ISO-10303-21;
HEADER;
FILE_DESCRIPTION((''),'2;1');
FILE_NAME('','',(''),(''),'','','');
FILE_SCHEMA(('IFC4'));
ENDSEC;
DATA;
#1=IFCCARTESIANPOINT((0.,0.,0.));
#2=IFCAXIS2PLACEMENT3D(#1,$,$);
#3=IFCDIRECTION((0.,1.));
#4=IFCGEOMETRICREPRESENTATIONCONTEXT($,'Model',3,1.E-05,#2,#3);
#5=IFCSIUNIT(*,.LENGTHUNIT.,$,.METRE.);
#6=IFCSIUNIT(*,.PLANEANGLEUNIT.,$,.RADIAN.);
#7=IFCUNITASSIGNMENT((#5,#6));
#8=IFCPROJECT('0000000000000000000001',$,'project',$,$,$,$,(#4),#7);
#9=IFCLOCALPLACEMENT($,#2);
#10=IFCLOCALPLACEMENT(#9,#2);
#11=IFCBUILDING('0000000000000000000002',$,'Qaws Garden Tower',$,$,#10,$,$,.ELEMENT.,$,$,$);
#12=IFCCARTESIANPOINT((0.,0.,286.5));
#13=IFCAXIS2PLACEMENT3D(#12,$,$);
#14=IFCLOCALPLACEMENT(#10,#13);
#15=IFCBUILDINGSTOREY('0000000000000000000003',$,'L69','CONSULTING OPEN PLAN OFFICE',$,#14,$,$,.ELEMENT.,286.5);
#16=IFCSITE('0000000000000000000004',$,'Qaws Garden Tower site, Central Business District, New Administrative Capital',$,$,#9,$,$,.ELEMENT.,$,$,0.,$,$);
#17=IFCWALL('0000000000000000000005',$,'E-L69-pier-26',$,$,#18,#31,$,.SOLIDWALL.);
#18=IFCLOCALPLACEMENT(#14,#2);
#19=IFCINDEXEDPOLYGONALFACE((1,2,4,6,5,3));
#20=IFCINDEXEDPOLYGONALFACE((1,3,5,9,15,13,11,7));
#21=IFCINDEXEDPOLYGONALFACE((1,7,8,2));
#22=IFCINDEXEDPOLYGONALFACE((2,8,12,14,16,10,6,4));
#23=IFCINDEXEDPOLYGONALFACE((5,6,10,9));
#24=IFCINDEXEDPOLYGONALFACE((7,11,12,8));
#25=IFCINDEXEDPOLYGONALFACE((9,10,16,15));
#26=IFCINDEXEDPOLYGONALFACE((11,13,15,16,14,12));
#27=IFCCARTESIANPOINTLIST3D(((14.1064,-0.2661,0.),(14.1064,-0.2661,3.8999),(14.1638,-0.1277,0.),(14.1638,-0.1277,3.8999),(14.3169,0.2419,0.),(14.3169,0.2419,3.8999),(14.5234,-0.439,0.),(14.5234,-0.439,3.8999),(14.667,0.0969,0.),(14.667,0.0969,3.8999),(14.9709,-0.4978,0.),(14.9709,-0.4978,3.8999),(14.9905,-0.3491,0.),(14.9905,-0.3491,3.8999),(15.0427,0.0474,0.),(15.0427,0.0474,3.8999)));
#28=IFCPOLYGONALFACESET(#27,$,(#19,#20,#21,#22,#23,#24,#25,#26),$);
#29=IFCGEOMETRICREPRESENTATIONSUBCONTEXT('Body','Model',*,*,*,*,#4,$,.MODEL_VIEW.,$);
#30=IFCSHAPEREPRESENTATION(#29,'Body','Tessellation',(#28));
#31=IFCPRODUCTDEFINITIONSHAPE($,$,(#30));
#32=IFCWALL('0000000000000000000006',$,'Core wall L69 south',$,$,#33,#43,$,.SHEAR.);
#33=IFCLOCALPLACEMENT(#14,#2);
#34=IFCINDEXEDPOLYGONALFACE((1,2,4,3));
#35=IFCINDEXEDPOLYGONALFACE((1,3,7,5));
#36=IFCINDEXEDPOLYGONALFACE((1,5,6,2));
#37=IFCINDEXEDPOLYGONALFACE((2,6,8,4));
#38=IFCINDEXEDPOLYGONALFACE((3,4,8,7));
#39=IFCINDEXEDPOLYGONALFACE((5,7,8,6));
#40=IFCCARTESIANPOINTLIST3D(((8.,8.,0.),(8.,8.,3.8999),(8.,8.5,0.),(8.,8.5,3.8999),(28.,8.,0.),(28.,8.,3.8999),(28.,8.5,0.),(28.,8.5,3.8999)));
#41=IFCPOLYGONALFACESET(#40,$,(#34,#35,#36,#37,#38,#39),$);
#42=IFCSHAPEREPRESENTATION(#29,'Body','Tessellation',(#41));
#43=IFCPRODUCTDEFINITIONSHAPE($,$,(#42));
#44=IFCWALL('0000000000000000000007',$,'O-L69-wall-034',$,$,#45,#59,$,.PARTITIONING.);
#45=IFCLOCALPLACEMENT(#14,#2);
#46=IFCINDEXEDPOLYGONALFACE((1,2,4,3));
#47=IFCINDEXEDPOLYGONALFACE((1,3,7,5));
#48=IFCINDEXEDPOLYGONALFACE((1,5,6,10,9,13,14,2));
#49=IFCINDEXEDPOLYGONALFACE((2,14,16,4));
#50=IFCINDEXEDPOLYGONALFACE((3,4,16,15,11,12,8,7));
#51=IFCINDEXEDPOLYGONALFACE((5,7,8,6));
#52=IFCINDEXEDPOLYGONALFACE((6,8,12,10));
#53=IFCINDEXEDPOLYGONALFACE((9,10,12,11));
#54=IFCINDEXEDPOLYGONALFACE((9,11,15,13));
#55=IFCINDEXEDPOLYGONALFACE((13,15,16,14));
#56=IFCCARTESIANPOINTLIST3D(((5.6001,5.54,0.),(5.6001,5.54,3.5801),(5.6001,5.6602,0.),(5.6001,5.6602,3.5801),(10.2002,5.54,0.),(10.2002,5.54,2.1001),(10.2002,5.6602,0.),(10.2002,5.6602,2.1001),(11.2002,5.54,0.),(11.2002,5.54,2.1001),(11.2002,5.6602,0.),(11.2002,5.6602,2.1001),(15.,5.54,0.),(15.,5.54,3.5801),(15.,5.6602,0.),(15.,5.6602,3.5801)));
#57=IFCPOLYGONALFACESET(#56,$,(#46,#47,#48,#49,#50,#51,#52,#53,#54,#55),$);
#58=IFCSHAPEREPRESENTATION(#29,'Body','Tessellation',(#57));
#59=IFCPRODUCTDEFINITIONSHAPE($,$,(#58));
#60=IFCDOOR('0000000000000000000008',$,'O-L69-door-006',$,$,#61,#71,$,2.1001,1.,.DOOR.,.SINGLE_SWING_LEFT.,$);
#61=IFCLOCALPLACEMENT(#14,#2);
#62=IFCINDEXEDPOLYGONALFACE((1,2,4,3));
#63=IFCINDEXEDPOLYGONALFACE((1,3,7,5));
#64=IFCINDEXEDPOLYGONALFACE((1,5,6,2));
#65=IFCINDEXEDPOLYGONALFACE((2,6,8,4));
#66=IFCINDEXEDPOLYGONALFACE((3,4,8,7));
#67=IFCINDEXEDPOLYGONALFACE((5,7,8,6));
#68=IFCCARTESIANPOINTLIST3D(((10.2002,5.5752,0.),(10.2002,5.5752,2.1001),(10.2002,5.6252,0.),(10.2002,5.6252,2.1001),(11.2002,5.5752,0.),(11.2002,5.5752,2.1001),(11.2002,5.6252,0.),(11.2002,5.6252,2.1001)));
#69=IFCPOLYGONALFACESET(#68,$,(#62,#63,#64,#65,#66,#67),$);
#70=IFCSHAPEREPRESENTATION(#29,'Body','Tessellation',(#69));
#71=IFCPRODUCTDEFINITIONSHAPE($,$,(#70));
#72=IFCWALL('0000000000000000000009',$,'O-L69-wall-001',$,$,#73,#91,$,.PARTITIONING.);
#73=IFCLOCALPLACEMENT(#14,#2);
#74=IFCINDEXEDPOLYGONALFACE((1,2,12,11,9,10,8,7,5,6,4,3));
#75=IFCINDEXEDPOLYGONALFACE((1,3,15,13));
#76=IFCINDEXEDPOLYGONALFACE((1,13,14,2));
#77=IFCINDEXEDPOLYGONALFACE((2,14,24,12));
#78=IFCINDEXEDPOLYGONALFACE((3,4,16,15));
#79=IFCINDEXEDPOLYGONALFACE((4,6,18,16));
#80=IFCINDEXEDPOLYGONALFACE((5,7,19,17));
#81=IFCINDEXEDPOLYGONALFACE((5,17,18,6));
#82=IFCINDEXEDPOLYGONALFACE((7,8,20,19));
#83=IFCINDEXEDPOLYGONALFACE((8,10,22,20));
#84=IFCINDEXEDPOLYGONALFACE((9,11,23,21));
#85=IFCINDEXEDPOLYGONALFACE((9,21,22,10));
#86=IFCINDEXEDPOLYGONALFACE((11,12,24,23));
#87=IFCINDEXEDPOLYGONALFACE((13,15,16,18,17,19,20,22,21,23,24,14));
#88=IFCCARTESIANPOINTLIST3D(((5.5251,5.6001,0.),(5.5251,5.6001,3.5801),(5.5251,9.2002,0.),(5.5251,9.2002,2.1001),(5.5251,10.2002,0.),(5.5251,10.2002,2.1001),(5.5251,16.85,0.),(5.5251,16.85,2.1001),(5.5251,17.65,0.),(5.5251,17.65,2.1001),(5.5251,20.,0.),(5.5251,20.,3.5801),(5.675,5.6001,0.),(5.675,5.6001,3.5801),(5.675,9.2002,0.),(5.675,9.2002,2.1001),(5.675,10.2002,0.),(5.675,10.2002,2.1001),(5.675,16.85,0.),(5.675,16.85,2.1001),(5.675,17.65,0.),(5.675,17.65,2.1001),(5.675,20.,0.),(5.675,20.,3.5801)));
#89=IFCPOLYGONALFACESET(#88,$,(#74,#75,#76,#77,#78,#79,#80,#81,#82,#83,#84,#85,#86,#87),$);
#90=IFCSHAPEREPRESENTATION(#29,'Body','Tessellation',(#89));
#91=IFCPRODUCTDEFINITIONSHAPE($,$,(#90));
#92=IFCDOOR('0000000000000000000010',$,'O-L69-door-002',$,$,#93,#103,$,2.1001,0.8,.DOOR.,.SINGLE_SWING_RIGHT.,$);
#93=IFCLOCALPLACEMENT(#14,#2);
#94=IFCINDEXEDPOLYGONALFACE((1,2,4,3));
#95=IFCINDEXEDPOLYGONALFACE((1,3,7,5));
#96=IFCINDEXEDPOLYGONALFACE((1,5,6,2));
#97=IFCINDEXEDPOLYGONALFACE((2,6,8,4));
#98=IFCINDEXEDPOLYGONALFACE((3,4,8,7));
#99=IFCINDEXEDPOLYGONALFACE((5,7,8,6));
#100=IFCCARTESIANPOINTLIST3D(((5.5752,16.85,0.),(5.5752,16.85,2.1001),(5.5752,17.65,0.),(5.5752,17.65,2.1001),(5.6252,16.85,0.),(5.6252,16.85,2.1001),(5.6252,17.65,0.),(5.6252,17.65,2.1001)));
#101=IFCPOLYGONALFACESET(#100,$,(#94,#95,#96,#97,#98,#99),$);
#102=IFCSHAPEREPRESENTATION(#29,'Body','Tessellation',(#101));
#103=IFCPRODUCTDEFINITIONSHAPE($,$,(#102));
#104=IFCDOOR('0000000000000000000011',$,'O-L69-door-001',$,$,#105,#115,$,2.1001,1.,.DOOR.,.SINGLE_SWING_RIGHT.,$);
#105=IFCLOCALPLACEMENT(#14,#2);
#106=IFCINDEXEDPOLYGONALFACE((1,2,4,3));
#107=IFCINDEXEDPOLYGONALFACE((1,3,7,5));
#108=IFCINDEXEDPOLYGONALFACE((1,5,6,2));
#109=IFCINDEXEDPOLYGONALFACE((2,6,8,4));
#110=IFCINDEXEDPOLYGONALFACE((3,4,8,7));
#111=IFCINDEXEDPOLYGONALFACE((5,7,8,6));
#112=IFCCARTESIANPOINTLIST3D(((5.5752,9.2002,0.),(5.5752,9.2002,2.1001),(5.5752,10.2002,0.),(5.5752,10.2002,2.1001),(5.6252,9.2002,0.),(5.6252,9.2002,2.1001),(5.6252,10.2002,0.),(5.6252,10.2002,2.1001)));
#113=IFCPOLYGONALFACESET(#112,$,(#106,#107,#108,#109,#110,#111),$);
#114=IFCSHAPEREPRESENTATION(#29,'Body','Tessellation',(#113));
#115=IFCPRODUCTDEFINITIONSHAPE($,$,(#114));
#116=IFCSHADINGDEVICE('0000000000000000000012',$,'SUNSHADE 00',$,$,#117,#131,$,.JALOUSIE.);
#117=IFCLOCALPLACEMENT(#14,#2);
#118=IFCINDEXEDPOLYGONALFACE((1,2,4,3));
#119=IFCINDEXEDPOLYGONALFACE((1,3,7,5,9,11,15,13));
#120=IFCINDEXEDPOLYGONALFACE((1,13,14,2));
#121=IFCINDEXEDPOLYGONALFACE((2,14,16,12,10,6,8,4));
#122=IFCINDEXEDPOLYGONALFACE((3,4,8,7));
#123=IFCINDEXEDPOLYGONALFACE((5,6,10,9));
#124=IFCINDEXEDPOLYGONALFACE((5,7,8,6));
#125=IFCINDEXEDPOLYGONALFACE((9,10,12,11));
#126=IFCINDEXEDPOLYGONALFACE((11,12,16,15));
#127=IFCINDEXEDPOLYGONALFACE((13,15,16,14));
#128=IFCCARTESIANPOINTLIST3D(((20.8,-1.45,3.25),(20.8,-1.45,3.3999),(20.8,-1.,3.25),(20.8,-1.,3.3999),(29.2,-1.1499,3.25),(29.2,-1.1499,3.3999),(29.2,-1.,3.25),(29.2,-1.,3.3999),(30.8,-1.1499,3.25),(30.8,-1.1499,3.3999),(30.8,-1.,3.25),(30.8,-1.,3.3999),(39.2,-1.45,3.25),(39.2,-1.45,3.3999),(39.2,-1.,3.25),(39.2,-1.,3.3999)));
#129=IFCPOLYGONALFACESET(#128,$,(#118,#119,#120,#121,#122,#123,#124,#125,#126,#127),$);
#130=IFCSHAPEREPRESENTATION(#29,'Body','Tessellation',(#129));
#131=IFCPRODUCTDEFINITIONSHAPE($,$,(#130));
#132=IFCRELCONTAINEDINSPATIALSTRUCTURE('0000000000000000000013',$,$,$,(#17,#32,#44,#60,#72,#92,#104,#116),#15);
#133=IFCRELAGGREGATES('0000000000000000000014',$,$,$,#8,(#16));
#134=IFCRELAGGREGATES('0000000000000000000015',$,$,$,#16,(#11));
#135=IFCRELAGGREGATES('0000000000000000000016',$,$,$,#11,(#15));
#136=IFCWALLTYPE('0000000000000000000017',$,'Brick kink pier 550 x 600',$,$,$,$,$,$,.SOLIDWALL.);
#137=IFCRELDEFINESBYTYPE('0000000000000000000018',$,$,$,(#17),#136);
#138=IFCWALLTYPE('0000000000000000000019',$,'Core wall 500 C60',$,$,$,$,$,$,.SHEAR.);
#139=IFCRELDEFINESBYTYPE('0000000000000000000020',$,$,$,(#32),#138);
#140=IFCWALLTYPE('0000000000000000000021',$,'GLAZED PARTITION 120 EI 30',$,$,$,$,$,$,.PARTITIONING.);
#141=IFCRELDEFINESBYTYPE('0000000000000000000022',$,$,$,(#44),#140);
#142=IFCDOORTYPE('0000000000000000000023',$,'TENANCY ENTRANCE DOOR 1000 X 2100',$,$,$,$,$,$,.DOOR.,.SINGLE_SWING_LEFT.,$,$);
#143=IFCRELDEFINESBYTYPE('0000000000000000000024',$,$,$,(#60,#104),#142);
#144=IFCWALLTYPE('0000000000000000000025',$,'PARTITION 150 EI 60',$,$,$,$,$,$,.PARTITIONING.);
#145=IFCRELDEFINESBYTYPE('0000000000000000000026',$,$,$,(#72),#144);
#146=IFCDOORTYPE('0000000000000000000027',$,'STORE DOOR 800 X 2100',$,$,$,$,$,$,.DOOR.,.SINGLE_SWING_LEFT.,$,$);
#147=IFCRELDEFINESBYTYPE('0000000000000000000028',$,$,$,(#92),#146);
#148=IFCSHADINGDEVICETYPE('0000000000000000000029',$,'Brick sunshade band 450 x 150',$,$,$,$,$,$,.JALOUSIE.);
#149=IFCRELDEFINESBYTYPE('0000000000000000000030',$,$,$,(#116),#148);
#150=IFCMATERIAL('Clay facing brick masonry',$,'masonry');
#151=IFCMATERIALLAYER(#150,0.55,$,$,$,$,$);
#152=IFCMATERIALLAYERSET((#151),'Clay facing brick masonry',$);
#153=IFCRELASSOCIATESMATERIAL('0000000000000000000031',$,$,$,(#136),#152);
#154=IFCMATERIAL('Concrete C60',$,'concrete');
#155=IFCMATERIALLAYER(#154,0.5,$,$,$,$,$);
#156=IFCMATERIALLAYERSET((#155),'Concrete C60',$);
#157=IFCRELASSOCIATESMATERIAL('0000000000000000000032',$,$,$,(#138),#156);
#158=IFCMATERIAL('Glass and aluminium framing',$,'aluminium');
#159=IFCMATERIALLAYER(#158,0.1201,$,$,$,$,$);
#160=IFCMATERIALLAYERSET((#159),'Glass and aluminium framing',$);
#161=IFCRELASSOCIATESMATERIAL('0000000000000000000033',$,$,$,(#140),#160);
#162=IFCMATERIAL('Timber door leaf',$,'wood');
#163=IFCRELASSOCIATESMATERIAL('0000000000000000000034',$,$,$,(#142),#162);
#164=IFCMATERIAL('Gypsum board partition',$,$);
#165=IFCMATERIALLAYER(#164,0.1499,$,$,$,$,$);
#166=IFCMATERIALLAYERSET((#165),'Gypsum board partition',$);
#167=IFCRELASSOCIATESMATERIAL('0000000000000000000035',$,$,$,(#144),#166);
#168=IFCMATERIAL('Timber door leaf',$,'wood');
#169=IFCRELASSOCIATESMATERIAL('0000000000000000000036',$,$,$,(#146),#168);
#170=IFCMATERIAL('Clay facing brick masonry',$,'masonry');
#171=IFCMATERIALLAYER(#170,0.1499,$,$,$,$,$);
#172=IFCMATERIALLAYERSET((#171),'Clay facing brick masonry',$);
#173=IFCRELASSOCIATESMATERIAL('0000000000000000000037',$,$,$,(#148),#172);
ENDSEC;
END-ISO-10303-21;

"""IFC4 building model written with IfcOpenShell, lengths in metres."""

from ifc_helpers import new_model, si_unit, direction, frame, frame_2d, origin, place, context, subcontext, project, spatial, polyline, rectangle, outline, extrude, material, layer, layer_set, type_object, element, fill, save


model = new_model("IFC4")

# Units and contexts
model_context = context("Model", 3, precision=1e-05, world=origin(), true_north=direction((0.0, 1.0)))
body_context = subcontext(model_context, "Body", "Model", "MODEL_VIEW")
ifc_project = project(units=[si_unit("LENGTHUNIT", "METRE"), si_unit("PLANEANGLEUNIT", "RADIAN")], contexts=[model_context])

# Site, building, storey
site_placement = place(None, origin())
site = spatial("IfcSite", under=ifc_project, at=site_placement, Name="Qaws Garden Tower site, Central Business District, New Administrative Capital", CompositionType="ELEMENT", RefElevation=0.0)
building_placement = place(site_placement, origin())
building = spatial("IfcBuilding", under=site, at=building_placement, Name="Qaws Garden Tower", CompositionType="ELEMENT")
storey_placement = place(building_placement, frame((0.0, 0.0, 286.5)))
storey = spatial("IfcBuildingStorey", under=building, at=storey_placement, Name="L69", Description="CONSULTING OPEN PLAN OFFICE", CompositionType="ELEMENT", Elevation=286.5)

# Shared definitions
placement_1 = place(storey_placement, origin())

# Walls
ifc_material_1 = material(Name="Clay facing brick masonry", Category="masonry")
ifc_layer_1 = layer(ifc_material_1, 0.55)
ifc_layer_set_1 = layer_set([ifc_layer_1], Name="Clay facing brick masonry")
wall_type_1 = type_object("IfcWallType", Name="Brick kink pier 550 x 600", PredefinedType="SOLIDWALL", material=ifc_layer_set_1)
element("IfcWall", 1, at=placement_1, inside=storey, type_object=wall_type_1, Name="E-L69-pier-26", PredefinedType="SOLIDWALL", context=body_context, shape_type="SweptSolid", body=[
    extrude(outline(polyline([(14.1638, -0.1277), (14.1064, -0.2661), (14.5234, -0.439), (14.9709, -0.4978), (14.9905, -0.3491), (15.0427, 0.0474), (14.667, 0.0969), (14.3169, 0.2419), (14.1638, -0.1277)])), origin(), (0.0, 0.0, 1.0), 3.8999),
])
ifc_material_2 = material(Name="Concrete C60", Category="concrete")
ifc_layer_2 = layer(ifc_material_2, 0.5)
ifc_layer_set_2 = layer_set([ifc_layer_2], Name="Concrete C60")
wall_type_2 = type_object("IfcWallType", Name="Core wall 500 C60", PredefinedType="SHEAR", material=ifc_layer_set_2)
wall_1_placement = place(storey_placement, frame((8.0, 8.25, 0.0), z_axis=(0.0, 0.0, 1.0), x_axis=(1.0, 0.0, 0.0)))
element("IfcWall", 2, at=wall_1_placement, inside=storey, type_object=wall_type_2, Name="Core wall L69 south", PredefinedType="SHEAR", context=body_context, shape_type="SweptSolid", body=[
    extrude(rectangle(XDim=20.0, YDim=0.5, at=frame_2d((10.0, 0.0))), origin(), (0.0, 0.0, 1.0), 3.8999),
])

# Wall, opening, door
ifc_material_3 = material(Name="Glass and aluminium framing", Category="aluminium")
ifc_layer_3 = layer(ifc_material_3, 0.1201)
ifc_layer_set_3 = layer_set([ifc_layer_3], Name="Glass and aluminium framing")
wall_type_3 = type_object("IfcWallType", Name="GLAZED PARTITION 120 EI 30", PredefinedType="PARTITIONING", material=ifc_layer_set_3)
wall_2_placement = place(storey_placement, frame((5.6001, 5.6001, 0.0), z_axis=(0.0, 0.0, 1.0), x_axis=(1.0, 0.0, 0.0)))
wall_2 = element("IfcWall", 3, at=wall_2_placement, inside=storey, type_object=wall_type_3, Name="O-L69-wall-034", PredefinedType="PARTITIONING", context=body_context, shape_type="SweptSolid", body=[
    extrude(rectangle(XDim=9.3999, YDim=0.1201, at=frame_2d((4.7, 0.0))), origin(), (0.0, 0.0, 1.0), 3.5801),
])
opening_1_placement = place(wall_2_placement, frame((4.6001, 0.0, 0.0)))
opening_1 = element("IfcOpeningElement", 4, at=opening_1_placement, cuts=wall_2, PredefinedType="OPENING", context=body_context, shape_type="SweptSolid", body=[
    extrude(rectangle(XDim=1.0, YDim=2.1001, at=frame_2d((0.5, 1.05))), frame((0.0, 0.0701, 0.0), z_axis=(0.0, -1.0, 0.0), x_axis=(1.0, 0.0, 0.0)), (0.0, 0.0, 1.0), 0.1401),
])
ifc_material_4 = material(Name="Timber door leaf", Category="wood")
door_type_1 = type_object("IfcDoorType", Name="TENANCY ENTRANCE DOOR 1000 X 2100", OperationType="SINGLE_SWING_LEFT", PredefinedType="DOOR", material=ifc_material_4)
door_1_placement = place(opening_1_placement, frame((1.0, 0.0, 0.0), z_axis=(0.0, 0.0, 1.0), x_axis=(-1.0, 0.0, 0.0)))
door_1 = element("IfcDoor", 5, at=door_1_placement, inside=storey, type_object=door_type_1, Name="O-L69-door-006", OperationType="SINGLE_SWING_LEFT", OverallHeight=2.1001, OverallWidth=1.0, PredefinedType="DOOR", context=body_context, shape_type="SweptSolid", body=[
    extrude(rectangle(XDim=1.0, YDim=2.1001, at=frame_2d((0.5, 1.05))), frame((0.0, 0.0249, 0.0), z_axis=(0.0, -1.0, 0.0), x_axis=(1.0, 0.0, 0.0)), (0.0, 0.0, 1.0), 0.05),
])
fill(opening_1, door_1)

# Wall, openings, doors
ifc_material_5 = material(Name="Gypsum board partition")
ifc_layer_4 = layer(ifc_material_5, 0.1499)
ifc_layer_set_4 = layer_set([ifc_layer_4], Name="Gypsum board partition")
wall_type_4 = type_object("IfcWallType", Name="PARTITION 150 EI 60", PredefinedType="PARTITIONING", material=ifc_layer_set_4)
wall_3_placement = place(storey_placement, frame((5.6001, 5.6001, 0.0), z_axis=(0.0, 0.0, 1.0), x_axis=(0.0, 1.0, 0.0)))
wall_3 = element("IfcWall", 6, at=wall_3_placement, inside=storey, type_object=wall_type_4, Name="O-L69-wall-001", PredefinedType="PARTITIONING", context=body_context, shape_type="SweptSolid", body=[
    extrude(rectangle(XDim=14.3999, YDim=0.1499, at=frame_2d((7.2, 0.0))), origin(), (0.0, 0.0, 1.0), 3.5801),
])
opening_2_placement = place(wall_3_placement, frame((3.6001, 0.0, 0.0)))
opening_2 = element("IfcOpeningElement", 7, at=opening_2_placement, cuts=wall_3, PredefinedType="OPENING", context=body_context, shape_type="SweptSolid", body=[
    extrude(rectangle(XDim=1.0, YDim=2.1001, at=frame_2d((0.5, 1.05))), frame((0.0, 0.085, 0.0), z_axis=(0.0, -1.0, 0.0), x_axis=(1.0, 0.0, 0.0)), (0.0, 0.0, 1.0), 0.1699),
])
opening_3_placement = place(wall_3_placement, frame((11.25, 0.0, 0.0)))
opening_3 = element("IfcOpeningElement", 8, at=opening_3_placement, cuts=wall_3, PredefinedType="OPENING", context=body_context, shape_type="SweptSolid", body=[
    extrude(rectangle(XDim=0.8, YDim=2.1001, at=frame_2d((0.3999, 1.05))), frame((0.0, 0.085, 0.0), z_axis=(0.0, -1.0, 0.0), x_axis=(1.0, 0.0, 0.0)), (0.0, 0.0, 1.0), 0.1699),
])
ifc_material_6 = material(Name="Timber door leaf", Category="wood")
door_type_2 = type_object("IfcDoorType", Name="STORE DOOR 800 X 2100", OperationType="SINGLE_SWING_LEFT", PredefinedType="DOOR", material=ifc_material_6)
door_2_placement = place(opening_3_placement, origin())
door_2 = element("IfcDoor", 9, at=door_2_placement, inside=storey, type_object=door_type_2, Name="O-L69-door-002", OperationType="SINGLE_SWING_RIGHT", OverallHeight=2.1001, OverallWidth=0.8, PredefinedType="DOOR", context=body_context, shape_type="SweptSolid", body=[
    extrude(rectangle(XDim=0.8, YDim=2.1001, at=frame_2d((0.3999, 1.05))), frame((0.0, 0.0249, 0.0), z_axis=(0.0, -1.0, 0.0), x_axis=(1.0, 0.0, 0.0)), (0.0, 0.0, 1.0), 0.05),
])
fill(opening_3, door_2)
door_3_placement = place(opening_2_placement, origin())
door_3 = element("IfcDoor", 10, at=door_3_placement, inside=storey, type_object=door_type_1, Name="O-L69-door-001", OperationType="SINGLE_SWING_RIGHT", OverallHeight=2.1001, OverallWidth=1.0, PredefinedType="DOOR", context=body_context, shape_type="SweptSolid", body=[
    extrude(rectangle(XDim=1.0, YDim=2.1001, at=frame_2d((0.5, 1.05))), frame((0.0, 0.0249, 0.0), z_axis=(0.0, -1.0, 0.0), x_axis=(1.0, 0.0, 0.0)), (0.0, 0.0, 1.0), 0.05),
])
fill(opening_2, door_3)

# Shading device
ifc_material_7 = material(Name="Clay facing brick masonry", Category="masonry")
ifc_layer_5 = layer(ifc_material_7, 0.1499)
ifc_layer_set_5 = layer_set([ifc_layer_5], Name="Clay facing brick masonry")
shading_device_type = type_object("IfcShadingDeviceType", Name="Brick sunshade band 450 x 150", PredefinedType="JALOUSIE", material=ifc_layer_set_5)
shading_device_placement = place(storey_placement, frame((0.0, 0.0, 3.25)))
element("IfcShadingDevice", 11, at=shading_device_placement, inside=storey, type_object=shading_device_type, Name="SUNSHADE 00", PredefinedType="JALOUSIE", context=body_context, shape_type="SweptSolid", body=[
    extrude(outline(polyline([(20.8, -1.0), (20.8, -1.45), (39.2, -1.45), (39.2, -1.0), (30.8, -1.0), (30.8, -1.1499), (29.2, -1.1499), (29.2, -1.0), (20.8, -1.0)])), origin(), (0.0, 0.0, 1.0), 0.1499),
])

save(model, "model.ifc")
